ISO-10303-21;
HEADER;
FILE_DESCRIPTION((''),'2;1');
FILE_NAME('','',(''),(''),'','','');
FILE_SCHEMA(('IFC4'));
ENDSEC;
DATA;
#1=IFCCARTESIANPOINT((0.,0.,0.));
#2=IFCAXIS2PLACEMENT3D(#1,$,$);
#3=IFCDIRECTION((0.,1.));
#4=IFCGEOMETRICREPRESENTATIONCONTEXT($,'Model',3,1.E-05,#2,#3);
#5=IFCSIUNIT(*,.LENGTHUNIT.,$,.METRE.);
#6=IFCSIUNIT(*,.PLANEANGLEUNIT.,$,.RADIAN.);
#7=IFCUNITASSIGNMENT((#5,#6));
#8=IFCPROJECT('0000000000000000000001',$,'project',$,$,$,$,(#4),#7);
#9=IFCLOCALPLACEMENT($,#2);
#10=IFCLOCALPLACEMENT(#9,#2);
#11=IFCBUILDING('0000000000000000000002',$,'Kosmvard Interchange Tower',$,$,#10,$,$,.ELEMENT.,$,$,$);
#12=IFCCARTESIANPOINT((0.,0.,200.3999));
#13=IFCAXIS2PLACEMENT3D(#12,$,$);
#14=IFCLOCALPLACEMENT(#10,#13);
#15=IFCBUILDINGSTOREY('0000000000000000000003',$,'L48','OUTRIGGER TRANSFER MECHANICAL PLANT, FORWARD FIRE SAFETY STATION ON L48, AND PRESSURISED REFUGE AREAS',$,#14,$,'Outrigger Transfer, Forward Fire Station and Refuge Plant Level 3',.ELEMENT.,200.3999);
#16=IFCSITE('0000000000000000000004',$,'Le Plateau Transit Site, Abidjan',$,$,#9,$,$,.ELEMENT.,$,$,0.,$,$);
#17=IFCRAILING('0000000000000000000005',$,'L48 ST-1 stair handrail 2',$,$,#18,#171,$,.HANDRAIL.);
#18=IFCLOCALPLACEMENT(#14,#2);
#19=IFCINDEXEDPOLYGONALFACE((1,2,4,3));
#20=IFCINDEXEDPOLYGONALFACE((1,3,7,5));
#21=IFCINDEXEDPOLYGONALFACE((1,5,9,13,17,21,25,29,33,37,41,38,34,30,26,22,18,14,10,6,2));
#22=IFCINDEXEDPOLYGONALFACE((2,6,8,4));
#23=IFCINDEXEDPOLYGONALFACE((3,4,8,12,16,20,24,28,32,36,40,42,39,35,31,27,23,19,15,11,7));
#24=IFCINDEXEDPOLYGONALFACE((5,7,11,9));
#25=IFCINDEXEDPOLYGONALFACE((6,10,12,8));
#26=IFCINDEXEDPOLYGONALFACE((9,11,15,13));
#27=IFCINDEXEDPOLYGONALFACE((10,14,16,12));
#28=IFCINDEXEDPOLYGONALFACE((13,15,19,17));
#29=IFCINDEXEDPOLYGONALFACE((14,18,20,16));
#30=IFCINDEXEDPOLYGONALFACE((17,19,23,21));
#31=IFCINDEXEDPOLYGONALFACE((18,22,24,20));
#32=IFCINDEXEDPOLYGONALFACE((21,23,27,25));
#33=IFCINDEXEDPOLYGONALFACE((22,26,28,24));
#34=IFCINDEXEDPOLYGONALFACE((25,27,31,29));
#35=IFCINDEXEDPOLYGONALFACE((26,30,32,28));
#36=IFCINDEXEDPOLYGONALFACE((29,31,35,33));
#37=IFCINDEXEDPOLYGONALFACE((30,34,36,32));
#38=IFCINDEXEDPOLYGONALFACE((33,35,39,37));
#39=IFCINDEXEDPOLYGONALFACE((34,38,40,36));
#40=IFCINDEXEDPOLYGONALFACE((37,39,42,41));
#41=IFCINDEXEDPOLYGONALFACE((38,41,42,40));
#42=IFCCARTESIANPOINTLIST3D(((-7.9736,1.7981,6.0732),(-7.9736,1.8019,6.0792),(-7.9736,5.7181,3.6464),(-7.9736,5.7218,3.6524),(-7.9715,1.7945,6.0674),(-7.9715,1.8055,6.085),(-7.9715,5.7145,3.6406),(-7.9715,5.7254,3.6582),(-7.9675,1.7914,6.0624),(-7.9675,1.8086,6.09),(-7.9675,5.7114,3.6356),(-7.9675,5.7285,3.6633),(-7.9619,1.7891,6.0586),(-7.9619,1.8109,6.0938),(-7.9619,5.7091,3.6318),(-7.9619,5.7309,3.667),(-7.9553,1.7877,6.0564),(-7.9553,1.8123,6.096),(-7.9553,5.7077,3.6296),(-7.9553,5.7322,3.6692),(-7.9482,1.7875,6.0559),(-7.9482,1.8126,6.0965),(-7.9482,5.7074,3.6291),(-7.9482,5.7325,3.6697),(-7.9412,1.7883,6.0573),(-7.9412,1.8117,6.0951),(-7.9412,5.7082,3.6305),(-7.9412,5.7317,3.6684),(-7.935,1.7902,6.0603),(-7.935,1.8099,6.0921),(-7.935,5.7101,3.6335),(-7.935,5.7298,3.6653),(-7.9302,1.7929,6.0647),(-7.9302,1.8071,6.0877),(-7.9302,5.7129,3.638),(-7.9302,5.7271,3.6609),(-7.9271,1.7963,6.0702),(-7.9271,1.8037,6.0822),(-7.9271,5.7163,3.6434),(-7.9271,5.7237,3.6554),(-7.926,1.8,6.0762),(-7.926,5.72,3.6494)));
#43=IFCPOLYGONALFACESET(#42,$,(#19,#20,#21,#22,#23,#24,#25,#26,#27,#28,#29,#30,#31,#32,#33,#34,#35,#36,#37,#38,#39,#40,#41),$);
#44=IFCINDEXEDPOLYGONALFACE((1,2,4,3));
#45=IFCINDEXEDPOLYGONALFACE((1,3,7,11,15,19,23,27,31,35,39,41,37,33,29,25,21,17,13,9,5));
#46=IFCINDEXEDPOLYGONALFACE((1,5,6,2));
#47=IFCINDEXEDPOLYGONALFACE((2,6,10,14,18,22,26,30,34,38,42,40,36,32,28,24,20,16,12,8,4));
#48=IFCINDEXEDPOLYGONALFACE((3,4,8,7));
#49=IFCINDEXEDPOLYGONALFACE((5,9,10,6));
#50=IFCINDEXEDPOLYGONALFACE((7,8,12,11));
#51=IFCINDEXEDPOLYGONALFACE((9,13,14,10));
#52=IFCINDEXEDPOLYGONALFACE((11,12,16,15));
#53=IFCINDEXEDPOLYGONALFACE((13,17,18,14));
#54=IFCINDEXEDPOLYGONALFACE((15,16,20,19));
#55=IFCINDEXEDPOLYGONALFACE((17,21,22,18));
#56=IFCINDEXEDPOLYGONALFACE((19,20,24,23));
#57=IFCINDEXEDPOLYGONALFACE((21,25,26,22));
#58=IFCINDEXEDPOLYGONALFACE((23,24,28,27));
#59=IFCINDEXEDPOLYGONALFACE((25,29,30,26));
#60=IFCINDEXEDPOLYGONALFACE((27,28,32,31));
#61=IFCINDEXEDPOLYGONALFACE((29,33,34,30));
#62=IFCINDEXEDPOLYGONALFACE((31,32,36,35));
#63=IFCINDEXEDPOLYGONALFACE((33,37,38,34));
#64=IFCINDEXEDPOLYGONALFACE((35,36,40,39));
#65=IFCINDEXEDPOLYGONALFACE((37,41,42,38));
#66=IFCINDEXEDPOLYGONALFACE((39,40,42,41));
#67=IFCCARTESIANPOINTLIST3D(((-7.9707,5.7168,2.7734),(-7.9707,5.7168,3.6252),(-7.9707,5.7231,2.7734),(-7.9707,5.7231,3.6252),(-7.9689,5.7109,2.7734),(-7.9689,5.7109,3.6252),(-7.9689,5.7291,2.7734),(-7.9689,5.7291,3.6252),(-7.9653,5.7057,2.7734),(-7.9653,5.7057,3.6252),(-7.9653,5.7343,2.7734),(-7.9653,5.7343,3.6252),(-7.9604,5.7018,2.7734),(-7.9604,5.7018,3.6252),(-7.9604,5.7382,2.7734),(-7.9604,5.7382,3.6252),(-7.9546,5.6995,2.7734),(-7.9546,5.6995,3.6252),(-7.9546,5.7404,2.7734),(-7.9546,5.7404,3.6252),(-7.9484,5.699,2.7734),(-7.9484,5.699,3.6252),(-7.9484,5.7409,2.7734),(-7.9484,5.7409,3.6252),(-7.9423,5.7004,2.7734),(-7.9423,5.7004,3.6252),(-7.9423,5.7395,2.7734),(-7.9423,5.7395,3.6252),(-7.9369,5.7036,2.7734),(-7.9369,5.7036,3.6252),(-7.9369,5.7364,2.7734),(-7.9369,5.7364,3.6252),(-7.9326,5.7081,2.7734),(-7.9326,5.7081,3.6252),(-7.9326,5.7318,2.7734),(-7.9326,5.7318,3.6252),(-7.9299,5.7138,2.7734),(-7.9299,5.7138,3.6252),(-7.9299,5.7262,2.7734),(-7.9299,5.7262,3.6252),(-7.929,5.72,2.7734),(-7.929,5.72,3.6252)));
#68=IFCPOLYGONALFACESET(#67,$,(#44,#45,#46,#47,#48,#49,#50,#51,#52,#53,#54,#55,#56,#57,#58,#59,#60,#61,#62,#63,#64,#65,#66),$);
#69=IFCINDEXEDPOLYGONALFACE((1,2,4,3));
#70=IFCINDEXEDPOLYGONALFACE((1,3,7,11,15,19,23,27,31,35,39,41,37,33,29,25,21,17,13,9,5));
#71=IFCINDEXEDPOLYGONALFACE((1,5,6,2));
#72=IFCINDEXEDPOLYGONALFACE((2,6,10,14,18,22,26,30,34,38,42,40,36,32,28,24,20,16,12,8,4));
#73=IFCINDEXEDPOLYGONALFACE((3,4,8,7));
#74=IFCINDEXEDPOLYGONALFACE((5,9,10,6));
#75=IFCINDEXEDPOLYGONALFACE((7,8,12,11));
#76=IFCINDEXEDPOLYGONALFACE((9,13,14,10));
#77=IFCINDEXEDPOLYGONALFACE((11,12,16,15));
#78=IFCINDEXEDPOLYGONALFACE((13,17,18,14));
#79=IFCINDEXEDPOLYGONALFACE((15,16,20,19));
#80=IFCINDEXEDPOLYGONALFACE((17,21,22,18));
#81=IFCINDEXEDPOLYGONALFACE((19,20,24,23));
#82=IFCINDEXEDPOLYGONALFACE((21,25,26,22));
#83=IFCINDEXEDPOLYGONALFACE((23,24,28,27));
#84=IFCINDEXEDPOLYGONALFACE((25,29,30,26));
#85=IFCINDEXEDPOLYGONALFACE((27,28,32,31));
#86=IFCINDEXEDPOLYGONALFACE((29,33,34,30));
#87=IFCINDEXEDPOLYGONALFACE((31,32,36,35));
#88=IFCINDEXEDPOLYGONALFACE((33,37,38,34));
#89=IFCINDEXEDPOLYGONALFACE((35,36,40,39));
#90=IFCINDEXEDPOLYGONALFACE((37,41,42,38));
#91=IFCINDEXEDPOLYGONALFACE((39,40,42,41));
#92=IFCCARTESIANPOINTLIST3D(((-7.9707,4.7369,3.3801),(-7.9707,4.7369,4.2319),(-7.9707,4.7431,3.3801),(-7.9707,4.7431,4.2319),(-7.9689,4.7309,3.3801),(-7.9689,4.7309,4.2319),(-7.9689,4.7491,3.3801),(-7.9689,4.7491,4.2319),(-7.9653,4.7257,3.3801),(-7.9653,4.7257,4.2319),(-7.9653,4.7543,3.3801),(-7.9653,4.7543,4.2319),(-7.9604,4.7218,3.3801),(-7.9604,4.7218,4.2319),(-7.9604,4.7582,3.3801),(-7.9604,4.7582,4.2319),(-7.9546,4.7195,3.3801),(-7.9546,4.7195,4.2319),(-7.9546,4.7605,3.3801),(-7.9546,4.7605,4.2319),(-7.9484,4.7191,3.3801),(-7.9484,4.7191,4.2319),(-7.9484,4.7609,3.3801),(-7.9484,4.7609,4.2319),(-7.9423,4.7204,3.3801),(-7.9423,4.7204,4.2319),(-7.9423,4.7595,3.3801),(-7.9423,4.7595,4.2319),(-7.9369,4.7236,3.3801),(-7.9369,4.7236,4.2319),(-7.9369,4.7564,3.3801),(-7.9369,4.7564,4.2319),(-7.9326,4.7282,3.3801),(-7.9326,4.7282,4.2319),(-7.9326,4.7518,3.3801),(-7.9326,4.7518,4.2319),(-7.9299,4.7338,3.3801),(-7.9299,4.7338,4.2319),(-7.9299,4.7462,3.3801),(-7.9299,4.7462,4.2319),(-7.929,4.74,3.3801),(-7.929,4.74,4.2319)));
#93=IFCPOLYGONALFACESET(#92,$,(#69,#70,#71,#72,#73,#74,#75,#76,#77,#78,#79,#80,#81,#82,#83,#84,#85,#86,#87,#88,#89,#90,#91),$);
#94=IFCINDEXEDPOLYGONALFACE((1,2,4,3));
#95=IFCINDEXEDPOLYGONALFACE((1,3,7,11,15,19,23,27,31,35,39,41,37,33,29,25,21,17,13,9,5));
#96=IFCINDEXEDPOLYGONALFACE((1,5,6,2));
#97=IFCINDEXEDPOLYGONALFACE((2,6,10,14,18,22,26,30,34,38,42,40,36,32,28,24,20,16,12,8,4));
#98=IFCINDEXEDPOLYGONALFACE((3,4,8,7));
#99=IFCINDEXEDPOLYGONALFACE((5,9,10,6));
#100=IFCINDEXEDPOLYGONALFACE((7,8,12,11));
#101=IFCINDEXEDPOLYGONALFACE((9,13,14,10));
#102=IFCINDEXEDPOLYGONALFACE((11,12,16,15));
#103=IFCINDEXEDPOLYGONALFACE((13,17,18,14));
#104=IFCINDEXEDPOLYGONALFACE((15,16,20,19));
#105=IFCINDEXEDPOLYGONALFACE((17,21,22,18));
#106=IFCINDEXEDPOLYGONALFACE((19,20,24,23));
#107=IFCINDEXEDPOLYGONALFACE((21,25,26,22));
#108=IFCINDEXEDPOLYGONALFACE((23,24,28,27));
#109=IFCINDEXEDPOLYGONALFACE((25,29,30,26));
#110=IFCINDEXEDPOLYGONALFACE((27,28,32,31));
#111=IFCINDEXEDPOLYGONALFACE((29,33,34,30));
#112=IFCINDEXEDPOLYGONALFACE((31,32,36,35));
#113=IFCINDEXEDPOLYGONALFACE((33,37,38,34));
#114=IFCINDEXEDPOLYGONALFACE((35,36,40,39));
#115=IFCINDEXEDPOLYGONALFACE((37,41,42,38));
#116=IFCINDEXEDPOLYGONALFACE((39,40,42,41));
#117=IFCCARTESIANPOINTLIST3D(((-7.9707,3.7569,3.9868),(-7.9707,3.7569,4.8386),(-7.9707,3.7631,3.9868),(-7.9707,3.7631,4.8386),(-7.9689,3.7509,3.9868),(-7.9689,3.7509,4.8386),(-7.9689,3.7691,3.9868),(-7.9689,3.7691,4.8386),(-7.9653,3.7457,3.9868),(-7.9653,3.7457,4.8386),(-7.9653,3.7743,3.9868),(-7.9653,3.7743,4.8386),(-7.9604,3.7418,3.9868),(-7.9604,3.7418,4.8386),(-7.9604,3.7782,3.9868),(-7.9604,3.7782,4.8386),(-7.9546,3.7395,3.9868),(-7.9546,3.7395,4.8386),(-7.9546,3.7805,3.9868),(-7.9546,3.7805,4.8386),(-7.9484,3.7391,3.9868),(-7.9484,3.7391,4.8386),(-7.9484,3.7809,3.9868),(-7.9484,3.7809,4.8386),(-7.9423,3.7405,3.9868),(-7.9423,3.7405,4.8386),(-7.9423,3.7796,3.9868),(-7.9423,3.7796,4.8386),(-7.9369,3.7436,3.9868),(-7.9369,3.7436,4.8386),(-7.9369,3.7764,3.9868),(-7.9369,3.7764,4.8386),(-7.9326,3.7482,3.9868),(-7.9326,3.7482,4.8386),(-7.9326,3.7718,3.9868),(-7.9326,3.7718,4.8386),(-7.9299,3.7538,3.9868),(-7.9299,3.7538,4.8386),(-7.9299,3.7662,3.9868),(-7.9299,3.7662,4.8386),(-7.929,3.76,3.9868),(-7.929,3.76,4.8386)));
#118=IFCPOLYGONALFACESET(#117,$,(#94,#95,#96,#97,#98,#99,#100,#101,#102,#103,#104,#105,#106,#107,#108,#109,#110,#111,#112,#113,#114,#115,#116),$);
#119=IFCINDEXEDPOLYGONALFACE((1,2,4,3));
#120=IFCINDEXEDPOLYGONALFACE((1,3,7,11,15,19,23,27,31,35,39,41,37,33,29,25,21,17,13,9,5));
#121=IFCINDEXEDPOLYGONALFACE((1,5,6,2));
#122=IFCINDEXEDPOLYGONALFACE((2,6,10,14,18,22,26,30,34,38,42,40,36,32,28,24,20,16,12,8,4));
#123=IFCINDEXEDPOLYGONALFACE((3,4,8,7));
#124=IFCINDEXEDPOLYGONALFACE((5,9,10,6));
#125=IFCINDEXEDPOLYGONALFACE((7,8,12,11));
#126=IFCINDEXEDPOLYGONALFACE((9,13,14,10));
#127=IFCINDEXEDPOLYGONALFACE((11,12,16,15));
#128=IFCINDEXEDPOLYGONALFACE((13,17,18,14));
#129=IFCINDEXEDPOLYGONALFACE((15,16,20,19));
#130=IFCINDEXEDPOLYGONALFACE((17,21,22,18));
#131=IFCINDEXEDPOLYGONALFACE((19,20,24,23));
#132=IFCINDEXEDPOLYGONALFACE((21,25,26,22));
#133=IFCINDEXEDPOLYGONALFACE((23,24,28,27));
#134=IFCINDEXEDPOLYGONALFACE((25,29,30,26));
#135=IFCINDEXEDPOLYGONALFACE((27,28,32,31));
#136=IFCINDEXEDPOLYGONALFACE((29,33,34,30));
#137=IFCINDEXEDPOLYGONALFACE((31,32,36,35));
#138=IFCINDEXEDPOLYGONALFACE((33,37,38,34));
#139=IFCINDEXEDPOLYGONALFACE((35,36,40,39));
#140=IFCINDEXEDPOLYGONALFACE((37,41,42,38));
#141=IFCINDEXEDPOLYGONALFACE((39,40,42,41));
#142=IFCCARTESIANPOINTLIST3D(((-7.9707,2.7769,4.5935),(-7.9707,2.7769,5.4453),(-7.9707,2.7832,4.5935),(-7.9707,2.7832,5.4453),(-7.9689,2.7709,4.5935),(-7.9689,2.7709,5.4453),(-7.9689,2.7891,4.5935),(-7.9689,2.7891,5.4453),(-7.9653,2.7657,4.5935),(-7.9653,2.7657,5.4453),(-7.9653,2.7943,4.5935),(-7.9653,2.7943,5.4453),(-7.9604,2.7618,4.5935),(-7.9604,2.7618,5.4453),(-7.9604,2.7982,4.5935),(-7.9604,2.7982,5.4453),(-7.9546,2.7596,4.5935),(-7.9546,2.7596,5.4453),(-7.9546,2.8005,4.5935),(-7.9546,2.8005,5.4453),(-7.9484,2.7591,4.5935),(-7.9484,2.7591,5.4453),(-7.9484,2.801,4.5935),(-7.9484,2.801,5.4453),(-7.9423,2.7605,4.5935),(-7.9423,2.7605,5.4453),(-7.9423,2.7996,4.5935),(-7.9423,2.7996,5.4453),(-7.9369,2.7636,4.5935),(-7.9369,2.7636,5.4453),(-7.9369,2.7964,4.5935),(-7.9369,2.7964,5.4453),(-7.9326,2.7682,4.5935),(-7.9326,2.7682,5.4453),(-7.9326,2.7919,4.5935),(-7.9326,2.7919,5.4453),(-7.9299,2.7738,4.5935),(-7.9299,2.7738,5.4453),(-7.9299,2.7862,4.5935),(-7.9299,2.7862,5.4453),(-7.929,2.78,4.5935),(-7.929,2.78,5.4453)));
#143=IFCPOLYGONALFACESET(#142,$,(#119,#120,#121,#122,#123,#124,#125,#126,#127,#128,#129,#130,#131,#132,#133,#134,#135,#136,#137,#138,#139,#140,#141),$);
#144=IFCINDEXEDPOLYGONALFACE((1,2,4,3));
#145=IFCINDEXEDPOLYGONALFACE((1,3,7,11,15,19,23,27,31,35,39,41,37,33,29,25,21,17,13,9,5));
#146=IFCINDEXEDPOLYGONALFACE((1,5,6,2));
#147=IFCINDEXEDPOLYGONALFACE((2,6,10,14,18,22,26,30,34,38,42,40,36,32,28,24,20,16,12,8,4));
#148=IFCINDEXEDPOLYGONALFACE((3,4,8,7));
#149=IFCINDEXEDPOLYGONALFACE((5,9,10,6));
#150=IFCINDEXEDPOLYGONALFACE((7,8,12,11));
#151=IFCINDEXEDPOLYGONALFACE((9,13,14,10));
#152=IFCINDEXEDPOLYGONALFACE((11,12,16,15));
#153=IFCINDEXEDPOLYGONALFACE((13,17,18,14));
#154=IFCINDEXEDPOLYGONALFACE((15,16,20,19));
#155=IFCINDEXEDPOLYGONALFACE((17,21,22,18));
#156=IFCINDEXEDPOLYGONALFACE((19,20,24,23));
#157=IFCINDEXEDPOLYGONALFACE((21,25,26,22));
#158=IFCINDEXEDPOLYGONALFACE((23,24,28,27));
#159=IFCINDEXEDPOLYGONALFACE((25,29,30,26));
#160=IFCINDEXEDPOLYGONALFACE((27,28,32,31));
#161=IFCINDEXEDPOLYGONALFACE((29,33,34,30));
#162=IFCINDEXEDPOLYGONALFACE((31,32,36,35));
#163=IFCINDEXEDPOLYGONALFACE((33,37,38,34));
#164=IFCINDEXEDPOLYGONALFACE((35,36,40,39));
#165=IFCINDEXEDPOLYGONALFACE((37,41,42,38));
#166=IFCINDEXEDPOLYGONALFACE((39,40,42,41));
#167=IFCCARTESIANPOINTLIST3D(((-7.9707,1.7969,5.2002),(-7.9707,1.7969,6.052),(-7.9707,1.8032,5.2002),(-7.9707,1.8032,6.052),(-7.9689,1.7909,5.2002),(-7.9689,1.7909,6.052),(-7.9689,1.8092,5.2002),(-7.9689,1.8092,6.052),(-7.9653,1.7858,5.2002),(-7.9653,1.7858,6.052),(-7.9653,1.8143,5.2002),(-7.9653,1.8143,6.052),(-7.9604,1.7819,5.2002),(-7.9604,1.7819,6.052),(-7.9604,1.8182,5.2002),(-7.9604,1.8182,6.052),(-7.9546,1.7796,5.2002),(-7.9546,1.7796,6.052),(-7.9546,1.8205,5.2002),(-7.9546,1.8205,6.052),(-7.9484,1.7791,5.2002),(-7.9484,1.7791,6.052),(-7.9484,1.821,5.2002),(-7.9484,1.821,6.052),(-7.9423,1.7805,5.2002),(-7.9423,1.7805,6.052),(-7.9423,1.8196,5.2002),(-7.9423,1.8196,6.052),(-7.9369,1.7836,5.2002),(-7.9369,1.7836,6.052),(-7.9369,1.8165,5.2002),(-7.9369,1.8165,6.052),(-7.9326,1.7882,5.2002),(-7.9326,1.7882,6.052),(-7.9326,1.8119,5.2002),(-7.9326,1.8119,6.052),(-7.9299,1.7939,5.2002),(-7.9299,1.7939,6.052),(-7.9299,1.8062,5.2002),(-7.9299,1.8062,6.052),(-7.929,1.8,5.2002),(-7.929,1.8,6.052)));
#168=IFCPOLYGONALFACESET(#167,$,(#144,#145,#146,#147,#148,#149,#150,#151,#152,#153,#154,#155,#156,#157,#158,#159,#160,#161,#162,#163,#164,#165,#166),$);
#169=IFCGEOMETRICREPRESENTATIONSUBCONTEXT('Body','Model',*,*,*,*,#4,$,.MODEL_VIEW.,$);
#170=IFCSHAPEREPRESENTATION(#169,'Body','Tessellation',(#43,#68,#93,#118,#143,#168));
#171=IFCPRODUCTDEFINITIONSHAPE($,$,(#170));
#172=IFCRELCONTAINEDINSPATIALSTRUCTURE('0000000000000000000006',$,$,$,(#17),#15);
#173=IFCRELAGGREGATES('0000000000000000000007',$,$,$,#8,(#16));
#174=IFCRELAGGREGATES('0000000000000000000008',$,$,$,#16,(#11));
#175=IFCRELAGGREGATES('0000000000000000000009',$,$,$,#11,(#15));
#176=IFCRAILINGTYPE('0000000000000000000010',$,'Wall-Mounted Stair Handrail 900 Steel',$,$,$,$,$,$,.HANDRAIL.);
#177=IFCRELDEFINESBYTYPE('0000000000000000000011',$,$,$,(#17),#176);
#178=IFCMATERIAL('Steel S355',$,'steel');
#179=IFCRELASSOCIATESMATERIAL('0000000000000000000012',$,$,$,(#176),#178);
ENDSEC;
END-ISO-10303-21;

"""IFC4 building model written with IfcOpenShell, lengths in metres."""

from ifc_helpers import new_model, si_unit, direction, frame, origin, origin_2d, place, context, subcontext, project, spatial, circle, extrude, source, transform, mapped, material, type_object, element, save


model = new_model("IFC4")

# Units and contexts
model_context = context("Model", 3, precision=1e-05, world=origin(), true_north=direction((0.0, 1.0)))
body_context = subcontext(model_context, "Body", "Model", "MODEL_VIEW")
ifc_project = project(units=[si_unit("LENGTHUNIT", "METRE"), si_unit("PLANEANGLEUNIT", "RADIAN")], contexts=[model_context])

# Site, building, storey
site_placement = place(None, origin())
site = spatial("IfcSite", under=ifc_project, at=site_placement, Name="Le Plateau Transit Site, Abidjan", CompositionType="ELEMENT", RefElevation=0.0)
building_placement = place(site_placement, origin())
building = spatial("IfcBuilding", under=site, at=building_placement, Name="Kosmvard Interchange Tower", CompositionType="ELEMENT")
storey_placement = place(building_placement, frame((0.0, 0.0, 200.3999)))
storey = spatial("IfcBuildingStorey", under=building, at=storey_placement, Name="L48", Description="OUTRIGGER TRANSFER MECHANICAL PLANT, FORWARD FIRE SAFETY STATION ON L48, AND PRESSURISED REFUGE AREAS", LongName="Outrigger Transfer, Forward Fire Station and Refuge Plant Level 3", CompositionType="ELEMENT", Elevation=200.3999)

# Shared definitions
ifc_material_1 = material(Name="Steel S355", Category="steel")

# Railing
railing_type_1 = type_object("IfcRailingType", Name="Wall-Mounted Stair Handrail 900 Steel", PredefinedType="HANDRAIL", material=ifc_material_1)
shared_shape_1 = source(origin(), body_context, "Body", "SweptSolid", [
    extrude(circle(Radius=0.0239, at=origin_2d()), frame((0.0, 0.0, 0.876), z_axis=(0.0, -0.850252, 0.526376), x_axis=(1.0, 0.0, 0.0)), (0.0, 0.0, 1.0), 4.6104),
    extrude(circle(Radius=0.021, at=origin_2d()), origin(), (0.0, 0.0, 1.0), 0.8518),
    extrude(circle(Radius=0.021, at=origin_2d()), frame((0.0, -0.98, 0.6067)), (0.0, 0.0, 1.0), 0.8518),
    extrude(circle(Radius=0.021, at=origin_2d()), frame((0.0, -1.96, 1.2134)), (0.0, 0.0, 1.0), 0.8518),
    extrude(circle(Radius=0.021, at=origin_2d()), frame((0.0, -2.9399, 1.8201)), (0.0, 0.0, 1.0), 0.8518),
    extrude(circle(Radius=0.021, at=origin_2d()), frame((0.0, -3.9199, 2.4268)), (0.0, 0.0, 1.0), 0.8518),
])
railing_1_placement = place(storey_placement, frame((-7.95, 5.72, 2.7734)))
element("IfcRailing", 1, at=railing_1_placement, inside=storey, type_object=railing_type_1, Name="L48 ST-1 stair handrail 2", PredefinedType="HANDRAIL", context=body_context, shape_type="MappedRepresentation", body=[
    mapped(shared_shape_1, transform((0.0, 0.0, 0.0), scale=1.0)),
])

save(model, "model.ifc")
